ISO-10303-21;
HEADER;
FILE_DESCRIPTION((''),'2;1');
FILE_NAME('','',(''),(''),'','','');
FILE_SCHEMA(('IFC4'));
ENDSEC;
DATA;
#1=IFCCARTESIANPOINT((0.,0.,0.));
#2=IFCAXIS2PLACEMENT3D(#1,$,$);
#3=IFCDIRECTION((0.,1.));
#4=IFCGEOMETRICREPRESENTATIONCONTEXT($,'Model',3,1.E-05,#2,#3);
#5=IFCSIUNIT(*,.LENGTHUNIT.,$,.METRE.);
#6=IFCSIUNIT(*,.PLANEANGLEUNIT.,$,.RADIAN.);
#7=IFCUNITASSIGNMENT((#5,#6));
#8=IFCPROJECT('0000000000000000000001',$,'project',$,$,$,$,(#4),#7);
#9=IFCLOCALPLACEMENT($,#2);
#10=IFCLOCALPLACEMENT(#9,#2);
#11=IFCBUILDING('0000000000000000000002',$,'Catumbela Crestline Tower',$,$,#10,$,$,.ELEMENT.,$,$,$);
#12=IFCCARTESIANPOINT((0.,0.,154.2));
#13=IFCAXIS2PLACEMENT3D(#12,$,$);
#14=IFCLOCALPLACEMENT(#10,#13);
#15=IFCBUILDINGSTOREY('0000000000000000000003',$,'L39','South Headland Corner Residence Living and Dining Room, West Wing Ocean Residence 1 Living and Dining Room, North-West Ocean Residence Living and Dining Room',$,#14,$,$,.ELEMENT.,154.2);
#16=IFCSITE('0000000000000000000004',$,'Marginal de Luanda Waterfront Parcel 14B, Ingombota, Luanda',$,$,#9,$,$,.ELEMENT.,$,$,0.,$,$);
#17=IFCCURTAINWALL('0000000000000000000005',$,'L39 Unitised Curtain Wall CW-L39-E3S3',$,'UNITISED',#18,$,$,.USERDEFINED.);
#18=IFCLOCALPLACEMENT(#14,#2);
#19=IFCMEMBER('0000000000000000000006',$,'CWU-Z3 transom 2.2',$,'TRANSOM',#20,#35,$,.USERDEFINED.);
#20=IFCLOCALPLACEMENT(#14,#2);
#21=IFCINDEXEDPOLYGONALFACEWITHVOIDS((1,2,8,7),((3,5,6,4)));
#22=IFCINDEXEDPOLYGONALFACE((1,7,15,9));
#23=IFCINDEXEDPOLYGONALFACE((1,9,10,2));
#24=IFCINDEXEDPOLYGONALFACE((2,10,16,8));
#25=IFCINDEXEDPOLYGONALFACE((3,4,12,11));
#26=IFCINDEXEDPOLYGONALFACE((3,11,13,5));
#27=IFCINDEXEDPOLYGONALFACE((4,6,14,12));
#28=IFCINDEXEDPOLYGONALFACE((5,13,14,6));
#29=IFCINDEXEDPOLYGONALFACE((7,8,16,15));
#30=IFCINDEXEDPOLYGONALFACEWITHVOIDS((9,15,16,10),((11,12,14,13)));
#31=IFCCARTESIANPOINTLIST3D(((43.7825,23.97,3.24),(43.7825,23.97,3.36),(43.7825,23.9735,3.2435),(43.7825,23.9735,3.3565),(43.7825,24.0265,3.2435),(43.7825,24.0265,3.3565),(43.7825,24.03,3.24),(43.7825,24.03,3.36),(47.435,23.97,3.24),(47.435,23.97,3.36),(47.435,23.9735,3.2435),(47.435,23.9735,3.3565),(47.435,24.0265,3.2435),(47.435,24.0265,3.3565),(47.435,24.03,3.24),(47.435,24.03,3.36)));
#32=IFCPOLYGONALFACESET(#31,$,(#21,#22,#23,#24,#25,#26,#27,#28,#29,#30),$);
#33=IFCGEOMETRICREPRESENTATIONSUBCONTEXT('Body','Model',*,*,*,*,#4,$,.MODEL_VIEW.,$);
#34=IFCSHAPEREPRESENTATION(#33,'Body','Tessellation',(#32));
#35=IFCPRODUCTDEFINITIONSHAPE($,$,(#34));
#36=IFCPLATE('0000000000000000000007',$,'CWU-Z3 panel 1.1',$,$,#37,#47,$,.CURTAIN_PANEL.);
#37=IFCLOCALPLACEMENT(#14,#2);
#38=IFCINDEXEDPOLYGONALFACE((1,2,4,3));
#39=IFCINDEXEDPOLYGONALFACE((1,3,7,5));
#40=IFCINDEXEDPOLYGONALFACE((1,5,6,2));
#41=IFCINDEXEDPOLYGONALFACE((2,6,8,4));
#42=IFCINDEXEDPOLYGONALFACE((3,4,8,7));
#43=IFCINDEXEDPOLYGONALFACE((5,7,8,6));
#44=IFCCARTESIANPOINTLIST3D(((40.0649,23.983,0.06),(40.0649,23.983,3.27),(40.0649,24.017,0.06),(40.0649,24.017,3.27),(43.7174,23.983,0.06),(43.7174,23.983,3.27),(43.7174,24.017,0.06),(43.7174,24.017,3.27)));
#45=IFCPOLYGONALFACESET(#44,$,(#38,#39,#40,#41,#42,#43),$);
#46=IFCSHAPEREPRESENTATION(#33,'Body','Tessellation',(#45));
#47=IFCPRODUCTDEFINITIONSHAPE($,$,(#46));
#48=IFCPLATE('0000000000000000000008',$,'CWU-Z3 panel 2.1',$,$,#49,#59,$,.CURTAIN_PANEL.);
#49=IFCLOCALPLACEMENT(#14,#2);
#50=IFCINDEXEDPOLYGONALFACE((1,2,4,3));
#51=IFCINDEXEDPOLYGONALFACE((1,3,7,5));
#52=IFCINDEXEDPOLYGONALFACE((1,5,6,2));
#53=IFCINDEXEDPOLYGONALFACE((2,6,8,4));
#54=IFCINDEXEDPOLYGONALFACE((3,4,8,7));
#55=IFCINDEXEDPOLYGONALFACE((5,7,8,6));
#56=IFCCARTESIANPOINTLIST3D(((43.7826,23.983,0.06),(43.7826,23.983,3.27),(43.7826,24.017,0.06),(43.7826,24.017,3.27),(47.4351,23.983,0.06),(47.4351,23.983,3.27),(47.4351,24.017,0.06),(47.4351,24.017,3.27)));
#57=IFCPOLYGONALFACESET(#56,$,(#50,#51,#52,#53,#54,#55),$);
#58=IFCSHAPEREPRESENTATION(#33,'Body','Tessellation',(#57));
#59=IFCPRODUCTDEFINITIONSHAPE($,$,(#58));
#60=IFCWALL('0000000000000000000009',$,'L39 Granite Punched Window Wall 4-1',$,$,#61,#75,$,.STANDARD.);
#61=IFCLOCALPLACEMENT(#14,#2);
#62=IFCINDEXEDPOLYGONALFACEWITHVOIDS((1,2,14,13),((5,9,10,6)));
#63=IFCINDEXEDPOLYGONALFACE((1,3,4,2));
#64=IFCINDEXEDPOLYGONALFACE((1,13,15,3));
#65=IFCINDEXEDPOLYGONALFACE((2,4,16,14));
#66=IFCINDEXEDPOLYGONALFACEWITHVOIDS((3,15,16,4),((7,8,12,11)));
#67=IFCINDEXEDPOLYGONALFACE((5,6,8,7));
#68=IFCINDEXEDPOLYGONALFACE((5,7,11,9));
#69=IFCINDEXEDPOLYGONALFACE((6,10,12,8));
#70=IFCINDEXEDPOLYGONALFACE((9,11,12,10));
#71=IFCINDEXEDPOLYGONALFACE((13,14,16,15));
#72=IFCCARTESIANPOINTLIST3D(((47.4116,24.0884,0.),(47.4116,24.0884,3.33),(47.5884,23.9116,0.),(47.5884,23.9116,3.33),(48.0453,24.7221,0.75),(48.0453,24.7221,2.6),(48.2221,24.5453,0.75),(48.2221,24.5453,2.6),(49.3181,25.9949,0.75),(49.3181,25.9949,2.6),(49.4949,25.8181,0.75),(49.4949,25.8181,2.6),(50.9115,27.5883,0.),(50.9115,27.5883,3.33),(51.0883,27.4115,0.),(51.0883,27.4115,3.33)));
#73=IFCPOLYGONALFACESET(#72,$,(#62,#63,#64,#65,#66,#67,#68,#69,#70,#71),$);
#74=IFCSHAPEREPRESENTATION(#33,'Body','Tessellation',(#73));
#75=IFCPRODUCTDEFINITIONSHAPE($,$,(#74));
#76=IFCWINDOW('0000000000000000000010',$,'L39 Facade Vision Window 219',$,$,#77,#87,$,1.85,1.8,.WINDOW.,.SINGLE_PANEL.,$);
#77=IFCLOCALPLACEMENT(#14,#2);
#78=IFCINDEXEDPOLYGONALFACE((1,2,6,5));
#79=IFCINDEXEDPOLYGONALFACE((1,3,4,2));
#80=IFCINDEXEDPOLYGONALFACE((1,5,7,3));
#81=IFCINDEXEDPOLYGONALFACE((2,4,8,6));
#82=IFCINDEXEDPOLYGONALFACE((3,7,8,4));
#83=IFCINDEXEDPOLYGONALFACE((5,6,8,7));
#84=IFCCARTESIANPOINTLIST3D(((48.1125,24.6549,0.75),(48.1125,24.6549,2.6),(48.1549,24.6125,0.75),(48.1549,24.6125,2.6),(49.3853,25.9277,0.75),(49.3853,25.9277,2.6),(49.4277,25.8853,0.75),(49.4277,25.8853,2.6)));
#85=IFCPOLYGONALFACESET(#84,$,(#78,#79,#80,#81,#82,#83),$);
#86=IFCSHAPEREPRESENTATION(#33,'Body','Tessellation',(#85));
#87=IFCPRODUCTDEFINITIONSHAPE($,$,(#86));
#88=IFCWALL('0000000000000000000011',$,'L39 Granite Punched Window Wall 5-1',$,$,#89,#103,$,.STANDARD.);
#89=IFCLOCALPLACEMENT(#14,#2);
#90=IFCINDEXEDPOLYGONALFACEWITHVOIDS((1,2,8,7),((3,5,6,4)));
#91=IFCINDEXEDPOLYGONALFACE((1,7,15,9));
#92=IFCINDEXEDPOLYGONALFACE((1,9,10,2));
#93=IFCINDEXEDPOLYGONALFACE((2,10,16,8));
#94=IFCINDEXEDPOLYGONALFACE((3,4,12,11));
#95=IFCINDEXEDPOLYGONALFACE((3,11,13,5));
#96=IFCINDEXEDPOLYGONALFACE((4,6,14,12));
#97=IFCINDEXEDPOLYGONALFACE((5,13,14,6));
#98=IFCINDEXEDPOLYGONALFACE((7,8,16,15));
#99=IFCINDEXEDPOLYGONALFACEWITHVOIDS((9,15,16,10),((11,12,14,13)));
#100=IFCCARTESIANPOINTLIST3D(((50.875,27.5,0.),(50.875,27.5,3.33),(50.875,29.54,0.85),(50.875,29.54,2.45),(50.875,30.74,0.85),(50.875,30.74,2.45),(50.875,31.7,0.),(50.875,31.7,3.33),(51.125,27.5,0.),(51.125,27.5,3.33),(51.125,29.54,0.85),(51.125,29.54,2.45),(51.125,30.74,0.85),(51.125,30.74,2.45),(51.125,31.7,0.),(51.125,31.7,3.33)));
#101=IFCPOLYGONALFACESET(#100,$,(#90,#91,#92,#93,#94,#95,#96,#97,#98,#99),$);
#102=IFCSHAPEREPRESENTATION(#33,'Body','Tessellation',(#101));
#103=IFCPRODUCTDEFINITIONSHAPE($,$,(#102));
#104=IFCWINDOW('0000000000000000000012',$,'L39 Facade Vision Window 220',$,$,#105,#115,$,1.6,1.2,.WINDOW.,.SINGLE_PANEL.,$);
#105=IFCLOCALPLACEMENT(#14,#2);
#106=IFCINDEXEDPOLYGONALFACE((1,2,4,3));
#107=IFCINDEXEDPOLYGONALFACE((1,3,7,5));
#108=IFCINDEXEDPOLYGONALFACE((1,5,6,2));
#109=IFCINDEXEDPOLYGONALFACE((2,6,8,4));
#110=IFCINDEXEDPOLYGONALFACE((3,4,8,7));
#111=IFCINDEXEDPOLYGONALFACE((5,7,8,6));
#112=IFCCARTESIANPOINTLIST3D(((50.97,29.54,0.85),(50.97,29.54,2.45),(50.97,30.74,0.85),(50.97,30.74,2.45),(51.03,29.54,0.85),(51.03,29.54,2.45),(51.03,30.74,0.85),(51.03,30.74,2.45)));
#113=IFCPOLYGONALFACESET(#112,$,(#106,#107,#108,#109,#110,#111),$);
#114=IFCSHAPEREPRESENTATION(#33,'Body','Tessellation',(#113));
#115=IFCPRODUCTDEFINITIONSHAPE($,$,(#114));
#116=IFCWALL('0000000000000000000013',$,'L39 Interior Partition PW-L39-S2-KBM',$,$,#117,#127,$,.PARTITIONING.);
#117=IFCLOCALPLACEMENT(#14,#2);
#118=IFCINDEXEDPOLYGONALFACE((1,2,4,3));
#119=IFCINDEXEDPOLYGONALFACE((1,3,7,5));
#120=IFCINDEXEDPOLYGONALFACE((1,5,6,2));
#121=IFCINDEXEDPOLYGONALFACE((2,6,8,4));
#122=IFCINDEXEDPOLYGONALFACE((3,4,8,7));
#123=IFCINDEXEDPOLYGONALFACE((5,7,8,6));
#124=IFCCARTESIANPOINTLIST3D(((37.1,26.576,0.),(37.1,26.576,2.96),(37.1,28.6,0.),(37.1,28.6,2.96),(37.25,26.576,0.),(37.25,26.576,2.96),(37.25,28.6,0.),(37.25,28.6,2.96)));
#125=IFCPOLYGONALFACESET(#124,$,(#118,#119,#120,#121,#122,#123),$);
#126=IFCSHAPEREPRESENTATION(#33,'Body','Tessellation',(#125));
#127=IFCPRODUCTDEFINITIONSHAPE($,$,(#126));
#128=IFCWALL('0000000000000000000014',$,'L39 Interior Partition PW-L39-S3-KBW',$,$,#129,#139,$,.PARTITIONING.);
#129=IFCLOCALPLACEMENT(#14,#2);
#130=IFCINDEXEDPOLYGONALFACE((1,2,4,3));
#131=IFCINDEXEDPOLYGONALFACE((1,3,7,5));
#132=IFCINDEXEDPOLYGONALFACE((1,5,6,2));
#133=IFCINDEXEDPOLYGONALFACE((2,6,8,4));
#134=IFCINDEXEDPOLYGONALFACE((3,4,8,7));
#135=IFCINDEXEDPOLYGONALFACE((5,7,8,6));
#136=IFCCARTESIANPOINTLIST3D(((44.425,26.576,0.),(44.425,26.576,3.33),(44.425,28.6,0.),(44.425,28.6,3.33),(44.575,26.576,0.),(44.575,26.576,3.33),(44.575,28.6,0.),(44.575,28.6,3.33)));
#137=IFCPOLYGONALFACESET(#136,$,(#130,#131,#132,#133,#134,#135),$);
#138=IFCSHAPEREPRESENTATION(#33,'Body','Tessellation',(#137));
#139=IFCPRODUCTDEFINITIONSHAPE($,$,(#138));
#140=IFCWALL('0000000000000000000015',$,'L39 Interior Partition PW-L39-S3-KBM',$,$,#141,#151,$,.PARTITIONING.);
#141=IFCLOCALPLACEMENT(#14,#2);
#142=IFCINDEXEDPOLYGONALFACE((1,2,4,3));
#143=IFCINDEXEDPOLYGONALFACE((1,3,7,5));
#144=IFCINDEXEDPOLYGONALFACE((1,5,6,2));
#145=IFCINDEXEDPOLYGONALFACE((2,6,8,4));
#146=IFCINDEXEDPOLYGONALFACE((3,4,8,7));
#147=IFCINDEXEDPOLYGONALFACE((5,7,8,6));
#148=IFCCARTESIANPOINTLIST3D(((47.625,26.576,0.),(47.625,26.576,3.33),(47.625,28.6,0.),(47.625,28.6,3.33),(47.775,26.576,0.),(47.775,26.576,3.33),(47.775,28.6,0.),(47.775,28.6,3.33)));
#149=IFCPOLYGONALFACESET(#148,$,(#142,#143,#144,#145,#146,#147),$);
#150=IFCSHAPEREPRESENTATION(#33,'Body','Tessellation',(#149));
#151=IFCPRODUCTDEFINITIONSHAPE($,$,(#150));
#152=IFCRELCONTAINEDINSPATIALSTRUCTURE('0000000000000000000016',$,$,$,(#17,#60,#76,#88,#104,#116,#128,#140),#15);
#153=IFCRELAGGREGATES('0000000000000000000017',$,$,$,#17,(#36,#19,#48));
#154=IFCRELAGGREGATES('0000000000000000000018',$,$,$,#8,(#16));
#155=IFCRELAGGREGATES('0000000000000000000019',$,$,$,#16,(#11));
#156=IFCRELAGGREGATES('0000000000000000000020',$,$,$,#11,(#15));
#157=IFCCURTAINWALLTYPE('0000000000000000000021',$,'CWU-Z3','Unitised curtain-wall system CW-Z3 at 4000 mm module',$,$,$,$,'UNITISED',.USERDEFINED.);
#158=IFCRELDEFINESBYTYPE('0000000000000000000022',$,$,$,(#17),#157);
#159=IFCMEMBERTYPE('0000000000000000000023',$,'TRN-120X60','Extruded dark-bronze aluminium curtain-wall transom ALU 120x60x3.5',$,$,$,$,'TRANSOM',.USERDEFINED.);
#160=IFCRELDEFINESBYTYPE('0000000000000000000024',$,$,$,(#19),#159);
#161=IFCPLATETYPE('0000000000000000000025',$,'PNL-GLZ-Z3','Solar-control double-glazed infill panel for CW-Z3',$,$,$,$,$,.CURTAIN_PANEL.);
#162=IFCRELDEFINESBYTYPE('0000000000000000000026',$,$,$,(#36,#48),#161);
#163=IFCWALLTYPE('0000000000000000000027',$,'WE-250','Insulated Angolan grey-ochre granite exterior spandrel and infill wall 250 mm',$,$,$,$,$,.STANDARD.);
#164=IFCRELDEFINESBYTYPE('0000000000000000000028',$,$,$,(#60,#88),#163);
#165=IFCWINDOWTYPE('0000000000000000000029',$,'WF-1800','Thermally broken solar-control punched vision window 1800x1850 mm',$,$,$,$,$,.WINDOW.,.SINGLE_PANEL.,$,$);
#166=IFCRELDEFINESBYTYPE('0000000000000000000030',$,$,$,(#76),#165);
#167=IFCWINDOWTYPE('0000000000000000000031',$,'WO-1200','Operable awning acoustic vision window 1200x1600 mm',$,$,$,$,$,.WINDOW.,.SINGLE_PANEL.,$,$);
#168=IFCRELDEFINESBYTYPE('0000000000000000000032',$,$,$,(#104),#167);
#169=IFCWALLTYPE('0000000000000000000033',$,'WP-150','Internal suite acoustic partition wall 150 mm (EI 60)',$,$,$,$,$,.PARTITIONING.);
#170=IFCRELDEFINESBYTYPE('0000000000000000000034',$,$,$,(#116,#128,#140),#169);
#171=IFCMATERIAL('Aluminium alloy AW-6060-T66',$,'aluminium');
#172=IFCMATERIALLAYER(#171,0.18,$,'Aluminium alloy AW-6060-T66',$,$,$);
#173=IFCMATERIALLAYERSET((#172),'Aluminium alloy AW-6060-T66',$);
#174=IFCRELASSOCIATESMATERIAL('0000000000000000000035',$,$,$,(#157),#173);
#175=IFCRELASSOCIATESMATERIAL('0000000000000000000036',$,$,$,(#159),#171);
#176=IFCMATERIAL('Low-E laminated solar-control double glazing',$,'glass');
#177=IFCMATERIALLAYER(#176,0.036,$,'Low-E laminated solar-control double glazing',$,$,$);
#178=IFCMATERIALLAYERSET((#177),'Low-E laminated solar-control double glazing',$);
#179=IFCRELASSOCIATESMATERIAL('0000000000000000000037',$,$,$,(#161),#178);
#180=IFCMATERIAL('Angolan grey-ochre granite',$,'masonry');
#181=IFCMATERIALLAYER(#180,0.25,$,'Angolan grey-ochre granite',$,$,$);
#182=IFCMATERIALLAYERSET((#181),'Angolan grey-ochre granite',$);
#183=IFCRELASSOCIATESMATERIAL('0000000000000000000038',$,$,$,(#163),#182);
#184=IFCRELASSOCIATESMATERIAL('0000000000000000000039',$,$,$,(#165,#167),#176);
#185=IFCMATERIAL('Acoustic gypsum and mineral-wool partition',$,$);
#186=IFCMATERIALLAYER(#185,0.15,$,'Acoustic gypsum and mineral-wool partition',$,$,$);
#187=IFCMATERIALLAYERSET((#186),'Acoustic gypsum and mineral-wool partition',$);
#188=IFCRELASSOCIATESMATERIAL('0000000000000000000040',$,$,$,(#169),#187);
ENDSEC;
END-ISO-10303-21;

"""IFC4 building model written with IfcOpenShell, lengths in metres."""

from ifc_helpers import new_model, si_unit, direction, frame, frame_2d, origin, origin_2d, place, context, subcontext, project, spatial, rectangle, hollow_rectangle, extrude, material, layer, layer_set, material_profile, profile_set, type_object, element, fill, aggregate, save


model = new_model("IFC4")

# Units and contexts
model_context = context("Model", 3, precision=1e-05, world=origin(), true_north=direction((0.0, 1.0)))
body_context = subcontext(model_context, "Body", "Model", "MODEL_VIEW")
ifc_project = project(units=[si_unit("LENGTHUNIT", "METRE"), si_unit("PLANEANGLEUNIT", "RADIAN")], contexts=[model_context])

# Site, building, storey
site_placement = place(None, origin())
site = spatial("IfcSite", under=ifc_project, at=site_placement, Name="Marginal de Luanda Waterfront Parcel 14B, Ingombota, Luanda", CompositionType="ELEMENT", RefElevation=0.0)
building_placement = place(site_placement, origin())
building = spatial("IfcBuilding", under=site, at=building_placement, Name="Catumbela Crestline Tower", CompositionType="ELEMENT")
storey_placement = place(building_placement, frame((0.0, 0.0, 154.2)))
storey = spatial("IfcBuildingStorey", under=building, at=storey_placement, Name="L39", Description="South Headland Corner Residence Living and Dining Room, West Wing Ocean Residence 1 Living and Dining Room, North-West Ocean Residence Living and Dining Room", CompositionType="ELEMENT", Elevation=154.2)

# Shared definitions
ifc_material_1 = material(Name="Aluminium alloy AW-6060-T66", Category="aluminium")
ifc_layer_1 = layer(ifc_material_1, 0.18, Name="Aluminium alloy AW-6060-T66")
ifc_layer_set_1 = layer_set([ifc_layer_1], Name="Aluminium alloy AW-6060-T66")
curtain_wall_type = type_object("IfcCurtainWallType", Name="CWU-Z3", Description="Unitised curtain-wall system CW-Z3 at 4000 mm module", ElementType="UNITISED", PredefinedType="USERDEFINED", material=ifc_layer_set_1)

# Curtain wall, member, plates
curtain_wall_1_placement = place(storey_placement, origin())
curtain_wall_1 = element("IfcCurtainWall", 1, at=curtain_wall_1_placement, inside=storey, type_object=curtain_wall_type, Name="L39 Unitised Curtain Wall CW-L39-E3S3", ObjectType="UNITISED", PredefinedType="USERDEFINED")
ifc_material_profile_1 = material_profile(ifc_material_1, hollow_rectangle(XDim=0.06, YDim=0.12, WallThickness=0.0035, at=origin_2d()), Name="ALU 120x60x3.5")
ifc_profile_set_1 = profile_set([ifc_material_profile_1], Name="Aluminium alloy AW-6060-T66")
member_type_1 = type_object("IfcMemberType", Name="TRN-120X60", Description="Extruded dark-bronze aluminium curtain-wall transom ALU 120x60x3.5", ElementType="TRANSOM", PredefinedType="USERDEFINED", material=ifc_profile_set_1)
member_1_placement = place(storey_placement, frame((43.7825, 24.0, 3.3), z_axis=(1.0, 0.0, 0.0), x_axis=(0.0, 1.0, 0.0)))
member_1 = element("IfcMember", 2, at=member_1_placement, type_object=member_type_1, Name="CWU-Z3 transom 2.2", ObjectType="TRANSOM", PredefinedType="USERDEFINED", context=body_context, shape_type="SweptSolid", body=[
    extrude(hollow_rectangle(XDim=0.06, YDim=0.12, WallThickness=0.0035, at=origin_2d()), origin(), (0.0, 0.0, 1.0), 3.6525),
])
ifc_material_2 = material(Name="Low-E laminated solar-control double glazing", Category="glass")
ifc_layer_2 = layer(ifc_material_2, 0.036, Name="Low-E laminated solar-control double glazing")
ifc_layer_set_2 = layer_set([ifc_layer_2], Name="Low-E laminated solar-control double glazing")
plate_type = type_object("IfcPlateType", Name="PNL-GLZ-Z3", Description="Solar-control double-glazed infill panel for CW-Z3", PredefinedType="CURTAIN_PANEL", material=ifc_layer_set_2)
plate_1_placement = place(storey_placement, frame((41.8912, 24.0, 0.06), z_axis=(0.0, 0.0, 1.0), x_axis=(1.0, 0.0, 0.0)))
plate_1 = element("IfcPlate", 3, at=plate_1_placement, type_object=plate_type, Name="CWU-Z3 panel 1.1", PredefinedType="CURTAIN_PANEL", context=body_context, shape_type="SweptSolid", body=[
    extrude(rectangle(XDim=3.6525, YDim=0.034, at=origin_2d()), origin(), (0.0, 0.0, 1.0), 3.21),
])
plate_2_placement = place(storey_placement, frame((45.6088, 24.0, 0.06), z_axis=(0.0, 0.0, 1.0), x_axis=(1.0, 0.0, 0.0)))
plate_2 = element("IfcPlate", 4, at=plate_2_placement, type_object=plate_type, Name="CWU-Z3 panel 2.1", PredefinedType="CURTAIN_PANEL", context=body_context, shape_type="SweptSolid", body=[
    extrude(rectangle(XDim=3.6525, YDim=0.034, at=origin_2d()), origin(), (0.0, 0.0, 1.0), 3.21),
])
aggregate(curtain_wall_1, [plate_1, member_1, plate_2])

# Walls, openings, windows
ifc_material_3 = material(Name="Angolan grey-ochre granite", Category="masonry")
ifc_layer_3 = layer(ifc_material_3, 0.25, Name="Angolan grey-ochre granite")
ifc_layer_set_3 = layer_set([ifc_layer_3], Name="Angolan grey-ochre granite")
wall_type_1 = type_object("IfcWallType", Name="WE-250", Description="Insulated Angolan grey-ochre granite exterior spandrel and infill wall 250 mm", PredefinedType="STANDARD", material=ifc_layer_set_3)
wall_1_placement = place(storey_placement, frame((47.5, 24.0, 0.0), z_axis=(0.0, 0.0, 1.0), x_axis=(0.707107, 0.707107, 0.0)))
wall_1 = element("IfcWall", 5, at=wall_1_placement, inside=storey, type_object=wall_type_1, Name="L39 Granite Punched Window Wall 4-1", PredefinedType="STANDARD", context=body_context, shape_type="SweptSolid", body=[
    extrude(rectangle(XDim=4.9497, YDim=0.25, at=frame_2d((2.4748, 0.0))), origin(), (0.0, 0.0, 1.0), 3.33),
])
opening_1_placement = place(wall_1_placement, frame((0.8962, 0.0, 0.75)))
opening_1 = element("IfcOpeningElement", 6, at=opening_1_placement, cuts=wall_1, PredefinedType="OPENING", context=body_context, shape_type="SweptSolid", body=[
    extrude(rectangle(XDim=1.8, YDim=1.85, at=frame_2d((0.9, 0.925))), frame((0.0, 0.135, 0.0), z_axis=(0.0, -1.0, 0.0), x_axis=(1.0, 0.0, 0.0)), (0.0, 0.0, 1.0), 0.27),
])
window_type_1 = type_object("IfcWindowType", Name="WF-1800", Description="Thermally broken solar-control punched vision window 1800x1850 mm", PartitioningType="SINGLE_PANEL", PredefinedType="WINDOW", material=ifc_material_2)
window_1_placement = place(opening_1_placement, origin())
window_1 = element("IfcWindow", 7, at=window_1_placement, inside=storey, type_object=window_type_1, Name="L39 Facade Vision Window 219", OverallHeight=1.85, OverallWidth=1.8, PartitioningType="SINGLE_PANEL", PredefinedType="WINDOW", context=body_context, shape_type="SweptSolid", body=[
    extrude(rectangle(XDim=1.8, YDim=1.85, at=frame_2d((0.9, 0.925))), frame((0.0, 0.03, 0.0), z_axis=(0.0, -1.0, 0.0), x_axis=(1.0, 0.0, 0.0)), (0.0, 0.0, 1.0), 0.06),
])
fill(opening_1, window_1)
wall_2_placement = place(storey_placement, frame((51.0, 27.5, 0.0), z_axis=(0.0, 0.0, 1.0), x_axis=(0.0, 1.0, 0.0)))
wall_2 = element("IfcWall", 8, at=wall_2_placement, inside=storey, type_object=wall_type_1, Name="L39 Granite Punched Window Wall 5-1", PredefinedType="STANDARD", context=body_context, shape_type="SweptSolid", body=[
    extrude(rectangle(XDim=4.2, YDim=0.25, at=frame_2d((2.1, 0.0))), origin(), (0.0, 0.0, 1.0), 3.33),
])
opening_2_placement = place(wall_2_placement, frame((2.04, 0.0, 0.85)))
opening_2 = element("IfcOpeningElement", 9, at=opening_2_placement, cuts=wall_2, PredefinedType="OPENING", context=body_context, shape_type="SweptSolid", body=[
    extrude(rectangle(XDim=1.2, YDim=1.6, at=frame_2d((0.6, 0.8))), frame((0.0, 0.135, 0.0), z_axis=(0.0, -1.0, 0.0), x_axis=(1.0, 0.0, 0.0)), (0.0, 0.0, 1.0), 0.27),
])
window_type_2 = type_object("IfcWindowType", Name="WO-1200", Description="Operable awning acoustic vision window 1200x1600 mm", PartitioningType="SINGLE_PANEL", PredefinedType="WINDOW", material=ifc_material_2)
window_2_placement = place(opening_2_placement, origin())
window_2 = element("IfcWindow", 10, at=window_2_placement, inside=storey, type_object=window_type_2, Name="L39 Facade Vision Window 220", OverallHeight=1.6, OverallWidth=1.2, PartitioningType="SINGLE_PANEL", PredefinedType="WINDOW", context=body_context, shape_type="SweptSolid", body=[
    extrude(rectangle(XDim=1.2, YDim=1.6, at=frame_2d((0.6, 0.8))), frame((0.0, 0.03, 0.0), z_axis=(0.0, -1.0, 0.0), x_axis=(1.0, 0.0, 0.0)), (0.0, 0.0, 1.0), 0.06),
])
fill(opening_2, window_2)

# Walls
ifc_material_4 = material(Name="Acoustic gypsum and mineral-wool partition")
ifc_layer_4 = layer(ifc_material_4, 0.15, Name="Acoustic gypsum and mineral-wool partition")
ifc_layer_set_4 = layer_set([ifc_layer_4], Name="Acoustic gypsum and mineral-wool partition")
wall_type_2 = type_object("IfcWallType", Name="WP-150", Description="Internal suite acoustic partition wall 150 mm (EI 60)", PredefinedType="PARTITIONING", material=ifc_layer_set_4)
wall_3_placement = place(storey_placement, frame((37.175, 26.576, 0.0), z_axis=(0.0, 0.0, 1.0), x_axis=(0.0, 1.0, 0.0)))
element("IfcWall", 11, at=wall_3_placement, inside=storey, type_object=wall_type_2, Name="L39 Interior Partition PW-L39-S2-KBM", PredefinedType="PARTITIONING", context=body_context, shape_type="SweptSolid", body=[
    extrude(rectangle(XDim=2.024, YDim=0.15, at=frame_2d((1.012, 0.0))), origin(), (0.0, 0.0, 1.0), 2.96),
])
for number, where, z_axis, x_axis, name in (
    (12, (44.5, 26.576, 0.0), (0.0, 0.0, 1.0), (0.0, 1.0, 0.0), "L39 Interior Partition PW-L39-S3-KBW"),
    (13, (47.7, 26.576, 0.0), (0.0, 0.0, 1.0), (0.0, 1.0, 0.0), "L39 Interior Partition PW-L39-S3-KBM"),
):
    element("IfcWall", number, at=place(storey_placement, frame(where, z_axis=z_axis, x_axis=x_axis)), inside=storey, type_object=wall_type_2, Name=name, PredefinedType="PARTITIONING", context=body_context, shape_type="SweptSolid", body=[
        extrude(rectangle(XDim=2.024, YDim=0.15, at=frame_2d((1.012, 0.0))), origin(), (0.0, 0.0, 1.0), 3.33),
    ])

save(model, "model.ifc")
